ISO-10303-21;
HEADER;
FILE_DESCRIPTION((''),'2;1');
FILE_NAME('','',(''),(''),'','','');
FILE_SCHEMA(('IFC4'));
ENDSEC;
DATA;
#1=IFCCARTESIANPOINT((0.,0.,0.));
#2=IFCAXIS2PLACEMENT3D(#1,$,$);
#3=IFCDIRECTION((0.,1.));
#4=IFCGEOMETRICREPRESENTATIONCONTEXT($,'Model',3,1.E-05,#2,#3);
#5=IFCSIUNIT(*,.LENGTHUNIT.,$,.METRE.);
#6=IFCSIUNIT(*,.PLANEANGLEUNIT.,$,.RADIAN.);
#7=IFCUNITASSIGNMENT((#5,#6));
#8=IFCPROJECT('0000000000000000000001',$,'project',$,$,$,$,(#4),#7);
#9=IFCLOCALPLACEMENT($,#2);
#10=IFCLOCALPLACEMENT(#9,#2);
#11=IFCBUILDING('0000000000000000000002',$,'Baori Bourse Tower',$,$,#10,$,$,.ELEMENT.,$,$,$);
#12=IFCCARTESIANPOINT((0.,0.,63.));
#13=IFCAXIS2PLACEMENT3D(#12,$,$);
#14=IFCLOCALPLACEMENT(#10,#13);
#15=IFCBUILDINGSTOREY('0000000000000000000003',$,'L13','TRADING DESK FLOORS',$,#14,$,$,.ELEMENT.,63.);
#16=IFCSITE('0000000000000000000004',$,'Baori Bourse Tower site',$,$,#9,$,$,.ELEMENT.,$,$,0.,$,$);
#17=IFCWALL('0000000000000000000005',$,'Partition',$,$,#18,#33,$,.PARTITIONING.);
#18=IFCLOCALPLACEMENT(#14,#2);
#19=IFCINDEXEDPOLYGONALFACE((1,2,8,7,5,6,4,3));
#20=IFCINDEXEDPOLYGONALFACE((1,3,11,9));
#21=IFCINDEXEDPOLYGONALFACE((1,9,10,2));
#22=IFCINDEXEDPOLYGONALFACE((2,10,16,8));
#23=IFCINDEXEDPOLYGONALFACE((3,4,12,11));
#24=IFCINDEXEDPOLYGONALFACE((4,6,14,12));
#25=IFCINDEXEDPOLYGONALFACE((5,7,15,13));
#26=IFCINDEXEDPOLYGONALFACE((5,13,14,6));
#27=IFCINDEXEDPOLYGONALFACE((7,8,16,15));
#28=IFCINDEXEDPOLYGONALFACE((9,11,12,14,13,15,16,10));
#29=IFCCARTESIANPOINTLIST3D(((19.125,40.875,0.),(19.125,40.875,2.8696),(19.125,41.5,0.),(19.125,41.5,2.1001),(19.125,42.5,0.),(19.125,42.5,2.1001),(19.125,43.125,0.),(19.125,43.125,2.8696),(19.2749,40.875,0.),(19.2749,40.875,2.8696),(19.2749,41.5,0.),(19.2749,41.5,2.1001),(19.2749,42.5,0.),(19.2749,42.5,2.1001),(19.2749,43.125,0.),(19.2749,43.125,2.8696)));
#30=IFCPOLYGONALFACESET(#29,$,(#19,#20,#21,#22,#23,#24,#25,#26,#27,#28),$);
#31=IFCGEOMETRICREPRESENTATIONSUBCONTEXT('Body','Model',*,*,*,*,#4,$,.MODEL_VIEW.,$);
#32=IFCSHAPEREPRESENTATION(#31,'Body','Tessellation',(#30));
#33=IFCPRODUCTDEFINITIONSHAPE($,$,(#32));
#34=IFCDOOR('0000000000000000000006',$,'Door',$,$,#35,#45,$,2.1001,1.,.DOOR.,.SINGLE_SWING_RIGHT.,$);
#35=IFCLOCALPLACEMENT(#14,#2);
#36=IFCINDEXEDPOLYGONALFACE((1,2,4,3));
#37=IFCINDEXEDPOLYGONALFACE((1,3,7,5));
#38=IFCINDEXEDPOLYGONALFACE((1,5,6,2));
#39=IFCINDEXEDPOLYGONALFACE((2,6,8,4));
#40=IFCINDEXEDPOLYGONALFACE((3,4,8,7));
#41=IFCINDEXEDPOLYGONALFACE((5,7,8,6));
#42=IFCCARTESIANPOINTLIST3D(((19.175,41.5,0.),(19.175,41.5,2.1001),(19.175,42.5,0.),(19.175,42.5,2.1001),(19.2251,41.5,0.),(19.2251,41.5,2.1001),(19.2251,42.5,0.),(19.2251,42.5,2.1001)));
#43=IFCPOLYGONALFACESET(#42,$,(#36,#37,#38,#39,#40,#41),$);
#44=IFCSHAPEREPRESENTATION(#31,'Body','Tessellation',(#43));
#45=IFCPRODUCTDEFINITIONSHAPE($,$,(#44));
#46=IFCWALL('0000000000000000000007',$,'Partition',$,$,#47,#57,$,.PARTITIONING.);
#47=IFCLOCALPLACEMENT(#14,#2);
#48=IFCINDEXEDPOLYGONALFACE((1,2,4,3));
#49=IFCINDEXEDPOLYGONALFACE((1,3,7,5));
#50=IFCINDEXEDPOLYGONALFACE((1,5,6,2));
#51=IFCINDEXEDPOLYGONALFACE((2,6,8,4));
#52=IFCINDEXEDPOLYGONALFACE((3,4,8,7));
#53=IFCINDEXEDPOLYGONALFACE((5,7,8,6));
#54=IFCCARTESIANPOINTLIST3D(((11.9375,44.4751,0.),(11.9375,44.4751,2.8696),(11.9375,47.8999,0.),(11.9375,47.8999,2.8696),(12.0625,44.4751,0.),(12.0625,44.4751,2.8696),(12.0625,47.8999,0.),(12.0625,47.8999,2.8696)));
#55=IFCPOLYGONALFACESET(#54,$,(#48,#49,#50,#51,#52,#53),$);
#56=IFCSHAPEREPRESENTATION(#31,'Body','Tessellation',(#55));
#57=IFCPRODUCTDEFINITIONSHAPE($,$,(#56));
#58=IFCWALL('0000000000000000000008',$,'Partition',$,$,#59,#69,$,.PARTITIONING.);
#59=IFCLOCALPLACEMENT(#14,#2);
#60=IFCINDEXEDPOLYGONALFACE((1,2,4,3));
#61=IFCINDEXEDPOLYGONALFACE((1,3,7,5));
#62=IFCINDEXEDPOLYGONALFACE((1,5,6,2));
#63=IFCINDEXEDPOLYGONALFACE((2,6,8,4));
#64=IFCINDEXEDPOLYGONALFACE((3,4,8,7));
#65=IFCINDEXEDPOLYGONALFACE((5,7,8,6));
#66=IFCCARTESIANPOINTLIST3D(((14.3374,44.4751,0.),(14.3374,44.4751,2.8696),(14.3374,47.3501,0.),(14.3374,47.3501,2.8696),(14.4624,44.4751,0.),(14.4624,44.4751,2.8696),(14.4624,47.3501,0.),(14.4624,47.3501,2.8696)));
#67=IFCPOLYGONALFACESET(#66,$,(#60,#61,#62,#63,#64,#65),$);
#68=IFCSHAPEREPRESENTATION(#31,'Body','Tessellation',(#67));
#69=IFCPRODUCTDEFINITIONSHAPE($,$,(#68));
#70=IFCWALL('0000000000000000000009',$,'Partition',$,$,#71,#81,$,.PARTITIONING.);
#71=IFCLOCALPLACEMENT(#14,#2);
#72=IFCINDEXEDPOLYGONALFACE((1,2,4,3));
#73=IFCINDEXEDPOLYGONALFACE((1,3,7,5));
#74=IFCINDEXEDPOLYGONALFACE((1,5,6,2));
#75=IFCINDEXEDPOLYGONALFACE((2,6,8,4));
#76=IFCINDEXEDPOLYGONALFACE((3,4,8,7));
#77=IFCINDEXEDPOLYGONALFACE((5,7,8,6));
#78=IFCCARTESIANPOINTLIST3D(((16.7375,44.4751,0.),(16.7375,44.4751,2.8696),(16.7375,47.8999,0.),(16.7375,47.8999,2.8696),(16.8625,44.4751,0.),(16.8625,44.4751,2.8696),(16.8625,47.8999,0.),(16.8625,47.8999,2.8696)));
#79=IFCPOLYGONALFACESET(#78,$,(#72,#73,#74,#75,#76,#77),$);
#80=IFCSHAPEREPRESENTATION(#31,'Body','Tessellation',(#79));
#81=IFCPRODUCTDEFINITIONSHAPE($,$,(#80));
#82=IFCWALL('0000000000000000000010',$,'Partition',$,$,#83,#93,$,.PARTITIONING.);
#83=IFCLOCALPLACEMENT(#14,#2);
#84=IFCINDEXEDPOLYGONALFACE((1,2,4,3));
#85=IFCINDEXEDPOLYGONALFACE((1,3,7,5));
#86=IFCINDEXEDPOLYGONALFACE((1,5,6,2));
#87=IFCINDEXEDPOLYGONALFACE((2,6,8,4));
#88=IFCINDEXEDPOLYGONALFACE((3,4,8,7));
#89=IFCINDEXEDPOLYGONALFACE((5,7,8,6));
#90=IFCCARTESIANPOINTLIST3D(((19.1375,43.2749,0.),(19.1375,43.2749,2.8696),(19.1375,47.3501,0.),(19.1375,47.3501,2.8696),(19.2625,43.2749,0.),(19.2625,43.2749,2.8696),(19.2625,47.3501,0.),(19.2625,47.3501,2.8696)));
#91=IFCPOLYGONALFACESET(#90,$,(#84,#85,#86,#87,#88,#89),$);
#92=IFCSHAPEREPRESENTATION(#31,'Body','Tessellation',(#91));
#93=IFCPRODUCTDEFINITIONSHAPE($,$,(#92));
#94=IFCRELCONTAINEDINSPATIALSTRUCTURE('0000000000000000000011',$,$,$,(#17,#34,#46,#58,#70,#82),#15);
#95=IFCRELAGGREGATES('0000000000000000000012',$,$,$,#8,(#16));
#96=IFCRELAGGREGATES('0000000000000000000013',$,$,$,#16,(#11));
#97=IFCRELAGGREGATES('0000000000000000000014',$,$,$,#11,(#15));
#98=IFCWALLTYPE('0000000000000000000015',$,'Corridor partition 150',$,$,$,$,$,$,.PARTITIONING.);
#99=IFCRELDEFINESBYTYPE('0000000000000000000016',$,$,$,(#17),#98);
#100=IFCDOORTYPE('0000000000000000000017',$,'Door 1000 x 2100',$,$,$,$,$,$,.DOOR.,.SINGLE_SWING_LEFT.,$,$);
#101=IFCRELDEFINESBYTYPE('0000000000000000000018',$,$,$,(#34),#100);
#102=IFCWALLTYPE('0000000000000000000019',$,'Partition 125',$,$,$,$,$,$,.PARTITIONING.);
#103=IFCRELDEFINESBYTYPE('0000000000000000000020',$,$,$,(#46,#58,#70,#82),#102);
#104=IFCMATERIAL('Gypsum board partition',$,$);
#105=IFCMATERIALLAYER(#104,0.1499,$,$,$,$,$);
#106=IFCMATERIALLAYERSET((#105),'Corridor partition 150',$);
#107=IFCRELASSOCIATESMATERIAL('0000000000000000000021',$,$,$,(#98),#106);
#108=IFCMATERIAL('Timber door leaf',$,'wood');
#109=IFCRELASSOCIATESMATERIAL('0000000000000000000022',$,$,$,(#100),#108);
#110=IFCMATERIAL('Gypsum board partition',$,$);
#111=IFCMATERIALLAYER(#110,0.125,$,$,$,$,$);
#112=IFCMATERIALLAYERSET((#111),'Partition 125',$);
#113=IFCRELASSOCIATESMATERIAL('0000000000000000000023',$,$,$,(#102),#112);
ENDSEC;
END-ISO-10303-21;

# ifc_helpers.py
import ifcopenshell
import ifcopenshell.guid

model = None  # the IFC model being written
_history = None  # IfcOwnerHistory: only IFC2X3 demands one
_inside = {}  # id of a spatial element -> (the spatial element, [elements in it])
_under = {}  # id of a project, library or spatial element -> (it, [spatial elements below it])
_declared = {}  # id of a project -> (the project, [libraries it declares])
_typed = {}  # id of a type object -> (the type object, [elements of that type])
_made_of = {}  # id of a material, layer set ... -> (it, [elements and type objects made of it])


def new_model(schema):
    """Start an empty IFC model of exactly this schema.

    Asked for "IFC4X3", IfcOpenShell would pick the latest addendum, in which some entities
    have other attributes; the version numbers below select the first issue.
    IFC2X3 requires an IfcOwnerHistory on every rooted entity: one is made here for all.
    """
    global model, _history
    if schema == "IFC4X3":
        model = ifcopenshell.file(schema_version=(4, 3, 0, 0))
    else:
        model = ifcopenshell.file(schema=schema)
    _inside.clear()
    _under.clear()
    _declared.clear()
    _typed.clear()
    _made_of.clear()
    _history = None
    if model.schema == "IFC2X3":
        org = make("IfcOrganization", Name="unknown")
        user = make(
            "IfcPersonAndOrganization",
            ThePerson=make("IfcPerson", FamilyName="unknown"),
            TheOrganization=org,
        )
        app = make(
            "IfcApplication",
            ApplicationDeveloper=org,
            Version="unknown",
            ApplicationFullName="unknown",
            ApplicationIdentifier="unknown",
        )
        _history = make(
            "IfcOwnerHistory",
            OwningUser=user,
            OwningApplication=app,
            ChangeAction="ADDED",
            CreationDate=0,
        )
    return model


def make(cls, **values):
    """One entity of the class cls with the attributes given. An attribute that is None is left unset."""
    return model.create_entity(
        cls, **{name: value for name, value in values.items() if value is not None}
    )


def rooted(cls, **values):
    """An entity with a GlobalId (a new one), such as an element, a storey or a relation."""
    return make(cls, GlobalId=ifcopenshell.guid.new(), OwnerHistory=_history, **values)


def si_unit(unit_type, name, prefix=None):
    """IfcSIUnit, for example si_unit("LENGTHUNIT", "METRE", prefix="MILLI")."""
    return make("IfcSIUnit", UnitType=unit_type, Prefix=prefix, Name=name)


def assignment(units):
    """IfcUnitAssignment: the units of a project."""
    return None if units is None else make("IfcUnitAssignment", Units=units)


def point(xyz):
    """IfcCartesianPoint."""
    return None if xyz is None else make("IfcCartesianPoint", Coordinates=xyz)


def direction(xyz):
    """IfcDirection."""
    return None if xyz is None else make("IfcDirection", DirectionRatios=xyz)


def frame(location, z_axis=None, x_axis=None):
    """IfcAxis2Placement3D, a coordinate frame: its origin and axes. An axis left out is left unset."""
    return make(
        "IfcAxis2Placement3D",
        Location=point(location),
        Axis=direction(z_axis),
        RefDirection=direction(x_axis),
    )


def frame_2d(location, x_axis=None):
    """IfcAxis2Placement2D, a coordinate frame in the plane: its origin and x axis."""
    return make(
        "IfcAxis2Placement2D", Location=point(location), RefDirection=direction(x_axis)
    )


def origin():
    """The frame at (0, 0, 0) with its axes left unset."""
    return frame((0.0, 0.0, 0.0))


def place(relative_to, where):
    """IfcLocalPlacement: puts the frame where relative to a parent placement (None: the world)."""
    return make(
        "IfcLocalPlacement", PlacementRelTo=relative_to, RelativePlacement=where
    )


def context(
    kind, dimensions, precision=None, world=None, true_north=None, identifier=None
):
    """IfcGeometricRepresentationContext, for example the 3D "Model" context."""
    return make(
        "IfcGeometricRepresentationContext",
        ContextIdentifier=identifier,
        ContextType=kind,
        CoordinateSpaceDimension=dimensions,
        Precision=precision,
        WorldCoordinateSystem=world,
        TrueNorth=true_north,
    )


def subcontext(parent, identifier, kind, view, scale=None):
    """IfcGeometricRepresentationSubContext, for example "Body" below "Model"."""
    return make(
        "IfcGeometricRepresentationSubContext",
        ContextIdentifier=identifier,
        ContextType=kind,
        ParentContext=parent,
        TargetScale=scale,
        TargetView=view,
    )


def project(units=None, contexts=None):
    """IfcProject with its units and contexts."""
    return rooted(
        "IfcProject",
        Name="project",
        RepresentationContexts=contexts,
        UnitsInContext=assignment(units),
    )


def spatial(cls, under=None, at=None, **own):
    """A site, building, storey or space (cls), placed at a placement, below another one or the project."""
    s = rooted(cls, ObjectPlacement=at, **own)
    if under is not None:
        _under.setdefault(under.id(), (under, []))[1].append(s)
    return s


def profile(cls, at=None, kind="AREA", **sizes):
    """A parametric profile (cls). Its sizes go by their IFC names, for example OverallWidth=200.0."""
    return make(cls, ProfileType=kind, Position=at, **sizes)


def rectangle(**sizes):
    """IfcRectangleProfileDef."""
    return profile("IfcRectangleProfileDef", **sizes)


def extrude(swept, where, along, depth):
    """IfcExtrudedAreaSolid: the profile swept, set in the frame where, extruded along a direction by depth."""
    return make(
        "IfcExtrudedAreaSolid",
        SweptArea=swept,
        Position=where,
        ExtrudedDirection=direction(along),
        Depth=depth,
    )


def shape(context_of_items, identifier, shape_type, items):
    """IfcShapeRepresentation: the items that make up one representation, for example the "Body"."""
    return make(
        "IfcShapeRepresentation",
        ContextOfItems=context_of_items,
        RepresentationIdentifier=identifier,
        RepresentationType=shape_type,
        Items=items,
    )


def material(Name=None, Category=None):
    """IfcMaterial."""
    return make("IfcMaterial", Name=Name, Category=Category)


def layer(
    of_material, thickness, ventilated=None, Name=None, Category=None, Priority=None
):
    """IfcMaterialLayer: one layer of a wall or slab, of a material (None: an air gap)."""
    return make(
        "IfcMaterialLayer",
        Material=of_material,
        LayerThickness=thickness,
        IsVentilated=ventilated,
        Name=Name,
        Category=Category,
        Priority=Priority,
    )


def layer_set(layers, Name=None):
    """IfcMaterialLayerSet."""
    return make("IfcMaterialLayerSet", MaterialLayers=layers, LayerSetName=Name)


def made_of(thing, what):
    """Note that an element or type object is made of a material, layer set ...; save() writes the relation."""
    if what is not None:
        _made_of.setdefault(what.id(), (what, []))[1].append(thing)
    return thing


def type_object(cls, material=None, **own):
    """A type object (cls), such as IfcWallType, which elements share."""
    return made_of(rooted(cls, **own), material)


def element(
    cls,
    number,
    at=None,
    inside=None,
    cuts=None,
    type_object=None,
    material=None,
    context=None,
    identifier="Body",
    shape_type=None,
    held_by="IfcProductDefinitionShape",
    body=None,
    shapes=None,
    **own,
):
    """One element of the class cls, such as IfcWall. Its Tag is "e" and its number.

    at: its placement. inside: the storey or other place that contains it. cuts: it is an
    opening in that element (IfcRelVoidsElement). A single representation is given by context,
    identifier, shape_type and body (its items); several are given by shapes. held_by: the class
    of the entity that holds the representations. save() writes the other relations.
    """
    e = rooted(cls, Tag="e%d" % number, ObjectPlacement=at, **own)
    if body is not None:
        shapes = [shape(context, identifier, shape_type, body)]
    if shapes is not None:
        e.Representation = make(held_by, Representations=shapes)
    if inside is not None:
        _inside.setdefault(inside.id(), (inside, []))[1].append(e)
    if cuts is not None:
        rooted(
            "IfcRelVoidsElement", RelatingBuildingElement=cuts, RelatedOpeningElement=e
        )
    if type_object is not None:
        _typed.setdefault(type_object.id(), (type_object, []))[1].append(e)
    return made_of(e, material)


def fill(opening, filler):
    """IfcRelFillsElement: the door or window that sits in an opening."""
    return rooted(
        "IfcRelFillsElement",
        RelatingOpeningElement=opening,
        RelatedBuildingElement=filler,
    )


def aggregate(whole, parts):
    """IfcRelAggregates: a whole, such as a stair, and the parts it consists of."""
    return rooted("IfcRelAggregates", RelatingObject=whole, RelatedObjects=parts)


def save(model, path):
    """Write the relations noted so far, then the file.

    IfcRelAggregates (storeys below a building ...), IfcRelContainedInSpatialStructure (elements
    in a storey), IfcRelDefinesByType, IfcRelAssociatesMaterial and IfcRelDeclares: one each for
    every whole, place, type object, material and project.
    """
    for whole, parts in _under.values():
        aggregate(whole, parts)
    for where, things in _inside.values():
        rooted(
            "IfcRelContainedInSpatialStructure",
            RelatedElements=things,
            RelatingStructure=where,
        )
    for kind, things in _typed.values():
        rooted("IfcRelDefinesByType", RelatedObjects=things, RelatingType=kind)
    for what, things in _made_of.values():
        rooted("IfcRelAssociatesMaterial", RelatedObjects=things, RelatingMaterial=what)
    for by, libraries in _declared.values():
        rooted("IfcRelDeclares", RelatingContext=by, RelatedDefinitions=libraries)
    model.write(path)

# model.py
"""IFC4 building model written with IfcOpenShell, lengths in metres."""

from ifc_helpers import new_model, si_unit, direction, frame, frame_2d, origin, place, context, subcontext, project, spatial, rectangle, extrude, material, layer, layer_set, type_object, element, fill, save


model = new_model("IFC4")

# Units and contexts
model_context = context("Model", 3, precision=1e-05, world=origin(), true_north=direction((0.0, 1.0)))
body_context = subcontext(model_context, "Body", "Model", "MODEL_VIEW")
ifc_project = project(units=[si_unit("LENGTHUNIT", "METRE"), si_unit("PLANEANGLEUNIT", "RADIAN")], contexts=[model_context])

# Site, building, storey
site_placement = place(None, origin())
site = spatial("IfcSite", under=ifc_project, at=site_placement, Name="Baori Bourse Tower site", CompositionType="ELEMENT", RefElevation=0.0)
building_placement = place(site_placement, origin())
building = spatial("IfcBuilding", under=site, at=building_placement, Name="Baori Bourse Tower", CompositionType="ELEMENT")
storey_placement = place(building_placement, frame((0.0, 0.0, 63.0)))
storey = spatial("IfcBuildingStorey", under=building, at=storey_placement, Name="L13", Description="TRADING DESK FLOORS", CompositionType="ELEMENT", Elevation=63.0)

# Shared definitions
ifc_material_1 = material(Name="Gypsum board partition")
ifc_layer_1 = layer(ifc_material_1, 0.1499)
ifc_layer_set_1 = layer_set([ifc_layer_1], Name="Corridor partition 150")
wall_type_1 = type_object("IfcWallType", Name="Corridor partition 150", PredefinedType="PARTITIONING", material=ifc_layer_set_1)
ifc_material_2 = material(Name="Timber door leaf", Category="wood")
door_type = type_object("IfcDoorType", Name="Door 1000 x 2100", OperationType="SINGLE_SWING_LEFT", PredefinedType="DOOR", material=ifc_material_2)

# Wall, opening, door
wall_1_placement = place(storey_placement, frame((19.2, 40.875, 0.0), z_axis=(0.0, 0.0, 1.0), x_axis=(0.0, 1.0, 0.0)))
wall_1 = element("IfcWall", 1, at=wall_1_placement, inside=storey, type_object=wall_type_1, Name="Partition", PredefinedType="PARTITIONING", context=body_context, shape_type="SweptSolid", body=[
    extrude(rectangle(XDim=2.25, YDim=0.1499, at=frame_2d((1.125, 0.0))), origin(), (0.0, 0.0, 1.0), 2.8696),
])
opening_1_placement = place(wall_1_placement, frame((0.625, 0.0, 0.0)))
opening_1 = element("IfcOpeningElement", 2, at=opening_1_placement, cuts=wall_1, PredefinedType="OPENING", context=body_context, shape_type="SweptSolid", body=[
    extrude(rectangle(XDim=1.0, YDim=2.1001, at=frame_2d((0.5, 1.05))), frame((0.0, 0.085, 0.0), z_axis=(0.0, -1.0, 0.0), x_axis=(1.0, 0.0, 0.0)), (0.0, 0.0, 1.0), 0.1699),
])
door_1_placement = place(opening_1_placement, origin())
door_1 = element("IfcDoor", 3, at=door_1_placement, inside=storey, type_object=door_type, Name="Door", OperationType="SINGLE_SWING_RIGHT", OverallHeight=2.1001, OverallWidth=1.0, PredefinedType="DOOR", context=body_context, shape_type="SweptSolid", body=[
    extrude(rectangle(XDim=1.0, YDim=2.1001, at=frame_2d((0.5, 1.05))), frame((0.0, 0.0249, 0.0), z_axis=(0.0, -1.0, 0.0), x_axis=(1.0, 0.0, 0.0)), (0.0, 0.0, 1.0), 0.05),
])
fill(opening_1, door_1)

# Walls
ifc_material_3 = material(Name="Gypsum board partition")
ifc_layer_2 = layer(ifc_material_3, 0.125)
ifc_layer_set_2 = layer_set([ifc_layer_2], Name="Partition 125")
wall_type_2 = type_object("IfcWallType", Name="Partition 125", PredefinedType="PARTITIONING", material=ifc_layer_set_2)
wall_2_placement = place(storey_placement, frame((12.0, 44.4751, 0.0), z_axis=(0.0, 0.0, 1.0), x_axis=(0.0, 1.0, 0.0)))
element("IfcWall", 4, at=wall_2_placement, inside=storey, type_object=wall_type_2, Name="Partition", PredefinedType="PARTITIONING", context=body_context, shape_type="SweptSolid", body=[
    extrude(rectangle(XDim=3.4248, YDim=0.125, at=frame_2d((1.7124, 0.0))), origin(), (0.0, 0.0, 1.0), 2.8696),
])
wall_3_placement = place(storey_placement, frame((14.3999, 44.4751, 0.0), z_axis=(0.0, 0.0, 1.0), x_axis=(0.0, 1.0, 0.0)))
element("IfcWall", 5, at=wall_3_placement, inside=storey, type_object=wall_type_2, Name="Partition", PredefinedType="PARTITIONING", context=body_context, shape_type="SweptSolid", body=[
    extrude(rectangle(XDim=2.875, YDim=0.125, at=frame_2d((1.4375, 0.0))), origin(), (0.0, 0.0, 1.0), 2.8696),
])
wall_4_placement = place(storey_placement, frame((16.8, 44.4751, 0.0), z_axis=(0.0, 0.0, 1.0), x_axis=(0.0, 1.0, 0.0)))
element("IfcWall", 6, at=wall_4_placement, inside=storey, type_object=wall_type_2, Name="Partition", PredefinedType="PARTITIONING", context=body_context, shape_type="SweptSolid", body=[
    extrude(rectangle(XDim=3.4248, YDim=0.125, at=frame_2d((1.7124, 0.0))), origin(), (0.0, 0.0, 1.0), 2.8696),
])
wall_5_placement = place(storey_placement, frame((19.2, 43.2749, 0.0), z_axis=(0.0, 0.0, 1.0), x_axis=(0.0, 1.0, 0.0)))
element("IfcWall", 7, at=wall_5_placement, inside=storey, type_object=wall_type_2, Name="Partition", PredefinedType="PARTITIONING", context=body_context, shape_type="SweptSolid", body=[
    extrude(rectangle(XDim=4.0752, YDim=0.125, at=frame_2d((2.0376, 0.0))), origin(), (0.0, 0.0, 1.0), 2.8696),
])

save(model, "model.ifc")
